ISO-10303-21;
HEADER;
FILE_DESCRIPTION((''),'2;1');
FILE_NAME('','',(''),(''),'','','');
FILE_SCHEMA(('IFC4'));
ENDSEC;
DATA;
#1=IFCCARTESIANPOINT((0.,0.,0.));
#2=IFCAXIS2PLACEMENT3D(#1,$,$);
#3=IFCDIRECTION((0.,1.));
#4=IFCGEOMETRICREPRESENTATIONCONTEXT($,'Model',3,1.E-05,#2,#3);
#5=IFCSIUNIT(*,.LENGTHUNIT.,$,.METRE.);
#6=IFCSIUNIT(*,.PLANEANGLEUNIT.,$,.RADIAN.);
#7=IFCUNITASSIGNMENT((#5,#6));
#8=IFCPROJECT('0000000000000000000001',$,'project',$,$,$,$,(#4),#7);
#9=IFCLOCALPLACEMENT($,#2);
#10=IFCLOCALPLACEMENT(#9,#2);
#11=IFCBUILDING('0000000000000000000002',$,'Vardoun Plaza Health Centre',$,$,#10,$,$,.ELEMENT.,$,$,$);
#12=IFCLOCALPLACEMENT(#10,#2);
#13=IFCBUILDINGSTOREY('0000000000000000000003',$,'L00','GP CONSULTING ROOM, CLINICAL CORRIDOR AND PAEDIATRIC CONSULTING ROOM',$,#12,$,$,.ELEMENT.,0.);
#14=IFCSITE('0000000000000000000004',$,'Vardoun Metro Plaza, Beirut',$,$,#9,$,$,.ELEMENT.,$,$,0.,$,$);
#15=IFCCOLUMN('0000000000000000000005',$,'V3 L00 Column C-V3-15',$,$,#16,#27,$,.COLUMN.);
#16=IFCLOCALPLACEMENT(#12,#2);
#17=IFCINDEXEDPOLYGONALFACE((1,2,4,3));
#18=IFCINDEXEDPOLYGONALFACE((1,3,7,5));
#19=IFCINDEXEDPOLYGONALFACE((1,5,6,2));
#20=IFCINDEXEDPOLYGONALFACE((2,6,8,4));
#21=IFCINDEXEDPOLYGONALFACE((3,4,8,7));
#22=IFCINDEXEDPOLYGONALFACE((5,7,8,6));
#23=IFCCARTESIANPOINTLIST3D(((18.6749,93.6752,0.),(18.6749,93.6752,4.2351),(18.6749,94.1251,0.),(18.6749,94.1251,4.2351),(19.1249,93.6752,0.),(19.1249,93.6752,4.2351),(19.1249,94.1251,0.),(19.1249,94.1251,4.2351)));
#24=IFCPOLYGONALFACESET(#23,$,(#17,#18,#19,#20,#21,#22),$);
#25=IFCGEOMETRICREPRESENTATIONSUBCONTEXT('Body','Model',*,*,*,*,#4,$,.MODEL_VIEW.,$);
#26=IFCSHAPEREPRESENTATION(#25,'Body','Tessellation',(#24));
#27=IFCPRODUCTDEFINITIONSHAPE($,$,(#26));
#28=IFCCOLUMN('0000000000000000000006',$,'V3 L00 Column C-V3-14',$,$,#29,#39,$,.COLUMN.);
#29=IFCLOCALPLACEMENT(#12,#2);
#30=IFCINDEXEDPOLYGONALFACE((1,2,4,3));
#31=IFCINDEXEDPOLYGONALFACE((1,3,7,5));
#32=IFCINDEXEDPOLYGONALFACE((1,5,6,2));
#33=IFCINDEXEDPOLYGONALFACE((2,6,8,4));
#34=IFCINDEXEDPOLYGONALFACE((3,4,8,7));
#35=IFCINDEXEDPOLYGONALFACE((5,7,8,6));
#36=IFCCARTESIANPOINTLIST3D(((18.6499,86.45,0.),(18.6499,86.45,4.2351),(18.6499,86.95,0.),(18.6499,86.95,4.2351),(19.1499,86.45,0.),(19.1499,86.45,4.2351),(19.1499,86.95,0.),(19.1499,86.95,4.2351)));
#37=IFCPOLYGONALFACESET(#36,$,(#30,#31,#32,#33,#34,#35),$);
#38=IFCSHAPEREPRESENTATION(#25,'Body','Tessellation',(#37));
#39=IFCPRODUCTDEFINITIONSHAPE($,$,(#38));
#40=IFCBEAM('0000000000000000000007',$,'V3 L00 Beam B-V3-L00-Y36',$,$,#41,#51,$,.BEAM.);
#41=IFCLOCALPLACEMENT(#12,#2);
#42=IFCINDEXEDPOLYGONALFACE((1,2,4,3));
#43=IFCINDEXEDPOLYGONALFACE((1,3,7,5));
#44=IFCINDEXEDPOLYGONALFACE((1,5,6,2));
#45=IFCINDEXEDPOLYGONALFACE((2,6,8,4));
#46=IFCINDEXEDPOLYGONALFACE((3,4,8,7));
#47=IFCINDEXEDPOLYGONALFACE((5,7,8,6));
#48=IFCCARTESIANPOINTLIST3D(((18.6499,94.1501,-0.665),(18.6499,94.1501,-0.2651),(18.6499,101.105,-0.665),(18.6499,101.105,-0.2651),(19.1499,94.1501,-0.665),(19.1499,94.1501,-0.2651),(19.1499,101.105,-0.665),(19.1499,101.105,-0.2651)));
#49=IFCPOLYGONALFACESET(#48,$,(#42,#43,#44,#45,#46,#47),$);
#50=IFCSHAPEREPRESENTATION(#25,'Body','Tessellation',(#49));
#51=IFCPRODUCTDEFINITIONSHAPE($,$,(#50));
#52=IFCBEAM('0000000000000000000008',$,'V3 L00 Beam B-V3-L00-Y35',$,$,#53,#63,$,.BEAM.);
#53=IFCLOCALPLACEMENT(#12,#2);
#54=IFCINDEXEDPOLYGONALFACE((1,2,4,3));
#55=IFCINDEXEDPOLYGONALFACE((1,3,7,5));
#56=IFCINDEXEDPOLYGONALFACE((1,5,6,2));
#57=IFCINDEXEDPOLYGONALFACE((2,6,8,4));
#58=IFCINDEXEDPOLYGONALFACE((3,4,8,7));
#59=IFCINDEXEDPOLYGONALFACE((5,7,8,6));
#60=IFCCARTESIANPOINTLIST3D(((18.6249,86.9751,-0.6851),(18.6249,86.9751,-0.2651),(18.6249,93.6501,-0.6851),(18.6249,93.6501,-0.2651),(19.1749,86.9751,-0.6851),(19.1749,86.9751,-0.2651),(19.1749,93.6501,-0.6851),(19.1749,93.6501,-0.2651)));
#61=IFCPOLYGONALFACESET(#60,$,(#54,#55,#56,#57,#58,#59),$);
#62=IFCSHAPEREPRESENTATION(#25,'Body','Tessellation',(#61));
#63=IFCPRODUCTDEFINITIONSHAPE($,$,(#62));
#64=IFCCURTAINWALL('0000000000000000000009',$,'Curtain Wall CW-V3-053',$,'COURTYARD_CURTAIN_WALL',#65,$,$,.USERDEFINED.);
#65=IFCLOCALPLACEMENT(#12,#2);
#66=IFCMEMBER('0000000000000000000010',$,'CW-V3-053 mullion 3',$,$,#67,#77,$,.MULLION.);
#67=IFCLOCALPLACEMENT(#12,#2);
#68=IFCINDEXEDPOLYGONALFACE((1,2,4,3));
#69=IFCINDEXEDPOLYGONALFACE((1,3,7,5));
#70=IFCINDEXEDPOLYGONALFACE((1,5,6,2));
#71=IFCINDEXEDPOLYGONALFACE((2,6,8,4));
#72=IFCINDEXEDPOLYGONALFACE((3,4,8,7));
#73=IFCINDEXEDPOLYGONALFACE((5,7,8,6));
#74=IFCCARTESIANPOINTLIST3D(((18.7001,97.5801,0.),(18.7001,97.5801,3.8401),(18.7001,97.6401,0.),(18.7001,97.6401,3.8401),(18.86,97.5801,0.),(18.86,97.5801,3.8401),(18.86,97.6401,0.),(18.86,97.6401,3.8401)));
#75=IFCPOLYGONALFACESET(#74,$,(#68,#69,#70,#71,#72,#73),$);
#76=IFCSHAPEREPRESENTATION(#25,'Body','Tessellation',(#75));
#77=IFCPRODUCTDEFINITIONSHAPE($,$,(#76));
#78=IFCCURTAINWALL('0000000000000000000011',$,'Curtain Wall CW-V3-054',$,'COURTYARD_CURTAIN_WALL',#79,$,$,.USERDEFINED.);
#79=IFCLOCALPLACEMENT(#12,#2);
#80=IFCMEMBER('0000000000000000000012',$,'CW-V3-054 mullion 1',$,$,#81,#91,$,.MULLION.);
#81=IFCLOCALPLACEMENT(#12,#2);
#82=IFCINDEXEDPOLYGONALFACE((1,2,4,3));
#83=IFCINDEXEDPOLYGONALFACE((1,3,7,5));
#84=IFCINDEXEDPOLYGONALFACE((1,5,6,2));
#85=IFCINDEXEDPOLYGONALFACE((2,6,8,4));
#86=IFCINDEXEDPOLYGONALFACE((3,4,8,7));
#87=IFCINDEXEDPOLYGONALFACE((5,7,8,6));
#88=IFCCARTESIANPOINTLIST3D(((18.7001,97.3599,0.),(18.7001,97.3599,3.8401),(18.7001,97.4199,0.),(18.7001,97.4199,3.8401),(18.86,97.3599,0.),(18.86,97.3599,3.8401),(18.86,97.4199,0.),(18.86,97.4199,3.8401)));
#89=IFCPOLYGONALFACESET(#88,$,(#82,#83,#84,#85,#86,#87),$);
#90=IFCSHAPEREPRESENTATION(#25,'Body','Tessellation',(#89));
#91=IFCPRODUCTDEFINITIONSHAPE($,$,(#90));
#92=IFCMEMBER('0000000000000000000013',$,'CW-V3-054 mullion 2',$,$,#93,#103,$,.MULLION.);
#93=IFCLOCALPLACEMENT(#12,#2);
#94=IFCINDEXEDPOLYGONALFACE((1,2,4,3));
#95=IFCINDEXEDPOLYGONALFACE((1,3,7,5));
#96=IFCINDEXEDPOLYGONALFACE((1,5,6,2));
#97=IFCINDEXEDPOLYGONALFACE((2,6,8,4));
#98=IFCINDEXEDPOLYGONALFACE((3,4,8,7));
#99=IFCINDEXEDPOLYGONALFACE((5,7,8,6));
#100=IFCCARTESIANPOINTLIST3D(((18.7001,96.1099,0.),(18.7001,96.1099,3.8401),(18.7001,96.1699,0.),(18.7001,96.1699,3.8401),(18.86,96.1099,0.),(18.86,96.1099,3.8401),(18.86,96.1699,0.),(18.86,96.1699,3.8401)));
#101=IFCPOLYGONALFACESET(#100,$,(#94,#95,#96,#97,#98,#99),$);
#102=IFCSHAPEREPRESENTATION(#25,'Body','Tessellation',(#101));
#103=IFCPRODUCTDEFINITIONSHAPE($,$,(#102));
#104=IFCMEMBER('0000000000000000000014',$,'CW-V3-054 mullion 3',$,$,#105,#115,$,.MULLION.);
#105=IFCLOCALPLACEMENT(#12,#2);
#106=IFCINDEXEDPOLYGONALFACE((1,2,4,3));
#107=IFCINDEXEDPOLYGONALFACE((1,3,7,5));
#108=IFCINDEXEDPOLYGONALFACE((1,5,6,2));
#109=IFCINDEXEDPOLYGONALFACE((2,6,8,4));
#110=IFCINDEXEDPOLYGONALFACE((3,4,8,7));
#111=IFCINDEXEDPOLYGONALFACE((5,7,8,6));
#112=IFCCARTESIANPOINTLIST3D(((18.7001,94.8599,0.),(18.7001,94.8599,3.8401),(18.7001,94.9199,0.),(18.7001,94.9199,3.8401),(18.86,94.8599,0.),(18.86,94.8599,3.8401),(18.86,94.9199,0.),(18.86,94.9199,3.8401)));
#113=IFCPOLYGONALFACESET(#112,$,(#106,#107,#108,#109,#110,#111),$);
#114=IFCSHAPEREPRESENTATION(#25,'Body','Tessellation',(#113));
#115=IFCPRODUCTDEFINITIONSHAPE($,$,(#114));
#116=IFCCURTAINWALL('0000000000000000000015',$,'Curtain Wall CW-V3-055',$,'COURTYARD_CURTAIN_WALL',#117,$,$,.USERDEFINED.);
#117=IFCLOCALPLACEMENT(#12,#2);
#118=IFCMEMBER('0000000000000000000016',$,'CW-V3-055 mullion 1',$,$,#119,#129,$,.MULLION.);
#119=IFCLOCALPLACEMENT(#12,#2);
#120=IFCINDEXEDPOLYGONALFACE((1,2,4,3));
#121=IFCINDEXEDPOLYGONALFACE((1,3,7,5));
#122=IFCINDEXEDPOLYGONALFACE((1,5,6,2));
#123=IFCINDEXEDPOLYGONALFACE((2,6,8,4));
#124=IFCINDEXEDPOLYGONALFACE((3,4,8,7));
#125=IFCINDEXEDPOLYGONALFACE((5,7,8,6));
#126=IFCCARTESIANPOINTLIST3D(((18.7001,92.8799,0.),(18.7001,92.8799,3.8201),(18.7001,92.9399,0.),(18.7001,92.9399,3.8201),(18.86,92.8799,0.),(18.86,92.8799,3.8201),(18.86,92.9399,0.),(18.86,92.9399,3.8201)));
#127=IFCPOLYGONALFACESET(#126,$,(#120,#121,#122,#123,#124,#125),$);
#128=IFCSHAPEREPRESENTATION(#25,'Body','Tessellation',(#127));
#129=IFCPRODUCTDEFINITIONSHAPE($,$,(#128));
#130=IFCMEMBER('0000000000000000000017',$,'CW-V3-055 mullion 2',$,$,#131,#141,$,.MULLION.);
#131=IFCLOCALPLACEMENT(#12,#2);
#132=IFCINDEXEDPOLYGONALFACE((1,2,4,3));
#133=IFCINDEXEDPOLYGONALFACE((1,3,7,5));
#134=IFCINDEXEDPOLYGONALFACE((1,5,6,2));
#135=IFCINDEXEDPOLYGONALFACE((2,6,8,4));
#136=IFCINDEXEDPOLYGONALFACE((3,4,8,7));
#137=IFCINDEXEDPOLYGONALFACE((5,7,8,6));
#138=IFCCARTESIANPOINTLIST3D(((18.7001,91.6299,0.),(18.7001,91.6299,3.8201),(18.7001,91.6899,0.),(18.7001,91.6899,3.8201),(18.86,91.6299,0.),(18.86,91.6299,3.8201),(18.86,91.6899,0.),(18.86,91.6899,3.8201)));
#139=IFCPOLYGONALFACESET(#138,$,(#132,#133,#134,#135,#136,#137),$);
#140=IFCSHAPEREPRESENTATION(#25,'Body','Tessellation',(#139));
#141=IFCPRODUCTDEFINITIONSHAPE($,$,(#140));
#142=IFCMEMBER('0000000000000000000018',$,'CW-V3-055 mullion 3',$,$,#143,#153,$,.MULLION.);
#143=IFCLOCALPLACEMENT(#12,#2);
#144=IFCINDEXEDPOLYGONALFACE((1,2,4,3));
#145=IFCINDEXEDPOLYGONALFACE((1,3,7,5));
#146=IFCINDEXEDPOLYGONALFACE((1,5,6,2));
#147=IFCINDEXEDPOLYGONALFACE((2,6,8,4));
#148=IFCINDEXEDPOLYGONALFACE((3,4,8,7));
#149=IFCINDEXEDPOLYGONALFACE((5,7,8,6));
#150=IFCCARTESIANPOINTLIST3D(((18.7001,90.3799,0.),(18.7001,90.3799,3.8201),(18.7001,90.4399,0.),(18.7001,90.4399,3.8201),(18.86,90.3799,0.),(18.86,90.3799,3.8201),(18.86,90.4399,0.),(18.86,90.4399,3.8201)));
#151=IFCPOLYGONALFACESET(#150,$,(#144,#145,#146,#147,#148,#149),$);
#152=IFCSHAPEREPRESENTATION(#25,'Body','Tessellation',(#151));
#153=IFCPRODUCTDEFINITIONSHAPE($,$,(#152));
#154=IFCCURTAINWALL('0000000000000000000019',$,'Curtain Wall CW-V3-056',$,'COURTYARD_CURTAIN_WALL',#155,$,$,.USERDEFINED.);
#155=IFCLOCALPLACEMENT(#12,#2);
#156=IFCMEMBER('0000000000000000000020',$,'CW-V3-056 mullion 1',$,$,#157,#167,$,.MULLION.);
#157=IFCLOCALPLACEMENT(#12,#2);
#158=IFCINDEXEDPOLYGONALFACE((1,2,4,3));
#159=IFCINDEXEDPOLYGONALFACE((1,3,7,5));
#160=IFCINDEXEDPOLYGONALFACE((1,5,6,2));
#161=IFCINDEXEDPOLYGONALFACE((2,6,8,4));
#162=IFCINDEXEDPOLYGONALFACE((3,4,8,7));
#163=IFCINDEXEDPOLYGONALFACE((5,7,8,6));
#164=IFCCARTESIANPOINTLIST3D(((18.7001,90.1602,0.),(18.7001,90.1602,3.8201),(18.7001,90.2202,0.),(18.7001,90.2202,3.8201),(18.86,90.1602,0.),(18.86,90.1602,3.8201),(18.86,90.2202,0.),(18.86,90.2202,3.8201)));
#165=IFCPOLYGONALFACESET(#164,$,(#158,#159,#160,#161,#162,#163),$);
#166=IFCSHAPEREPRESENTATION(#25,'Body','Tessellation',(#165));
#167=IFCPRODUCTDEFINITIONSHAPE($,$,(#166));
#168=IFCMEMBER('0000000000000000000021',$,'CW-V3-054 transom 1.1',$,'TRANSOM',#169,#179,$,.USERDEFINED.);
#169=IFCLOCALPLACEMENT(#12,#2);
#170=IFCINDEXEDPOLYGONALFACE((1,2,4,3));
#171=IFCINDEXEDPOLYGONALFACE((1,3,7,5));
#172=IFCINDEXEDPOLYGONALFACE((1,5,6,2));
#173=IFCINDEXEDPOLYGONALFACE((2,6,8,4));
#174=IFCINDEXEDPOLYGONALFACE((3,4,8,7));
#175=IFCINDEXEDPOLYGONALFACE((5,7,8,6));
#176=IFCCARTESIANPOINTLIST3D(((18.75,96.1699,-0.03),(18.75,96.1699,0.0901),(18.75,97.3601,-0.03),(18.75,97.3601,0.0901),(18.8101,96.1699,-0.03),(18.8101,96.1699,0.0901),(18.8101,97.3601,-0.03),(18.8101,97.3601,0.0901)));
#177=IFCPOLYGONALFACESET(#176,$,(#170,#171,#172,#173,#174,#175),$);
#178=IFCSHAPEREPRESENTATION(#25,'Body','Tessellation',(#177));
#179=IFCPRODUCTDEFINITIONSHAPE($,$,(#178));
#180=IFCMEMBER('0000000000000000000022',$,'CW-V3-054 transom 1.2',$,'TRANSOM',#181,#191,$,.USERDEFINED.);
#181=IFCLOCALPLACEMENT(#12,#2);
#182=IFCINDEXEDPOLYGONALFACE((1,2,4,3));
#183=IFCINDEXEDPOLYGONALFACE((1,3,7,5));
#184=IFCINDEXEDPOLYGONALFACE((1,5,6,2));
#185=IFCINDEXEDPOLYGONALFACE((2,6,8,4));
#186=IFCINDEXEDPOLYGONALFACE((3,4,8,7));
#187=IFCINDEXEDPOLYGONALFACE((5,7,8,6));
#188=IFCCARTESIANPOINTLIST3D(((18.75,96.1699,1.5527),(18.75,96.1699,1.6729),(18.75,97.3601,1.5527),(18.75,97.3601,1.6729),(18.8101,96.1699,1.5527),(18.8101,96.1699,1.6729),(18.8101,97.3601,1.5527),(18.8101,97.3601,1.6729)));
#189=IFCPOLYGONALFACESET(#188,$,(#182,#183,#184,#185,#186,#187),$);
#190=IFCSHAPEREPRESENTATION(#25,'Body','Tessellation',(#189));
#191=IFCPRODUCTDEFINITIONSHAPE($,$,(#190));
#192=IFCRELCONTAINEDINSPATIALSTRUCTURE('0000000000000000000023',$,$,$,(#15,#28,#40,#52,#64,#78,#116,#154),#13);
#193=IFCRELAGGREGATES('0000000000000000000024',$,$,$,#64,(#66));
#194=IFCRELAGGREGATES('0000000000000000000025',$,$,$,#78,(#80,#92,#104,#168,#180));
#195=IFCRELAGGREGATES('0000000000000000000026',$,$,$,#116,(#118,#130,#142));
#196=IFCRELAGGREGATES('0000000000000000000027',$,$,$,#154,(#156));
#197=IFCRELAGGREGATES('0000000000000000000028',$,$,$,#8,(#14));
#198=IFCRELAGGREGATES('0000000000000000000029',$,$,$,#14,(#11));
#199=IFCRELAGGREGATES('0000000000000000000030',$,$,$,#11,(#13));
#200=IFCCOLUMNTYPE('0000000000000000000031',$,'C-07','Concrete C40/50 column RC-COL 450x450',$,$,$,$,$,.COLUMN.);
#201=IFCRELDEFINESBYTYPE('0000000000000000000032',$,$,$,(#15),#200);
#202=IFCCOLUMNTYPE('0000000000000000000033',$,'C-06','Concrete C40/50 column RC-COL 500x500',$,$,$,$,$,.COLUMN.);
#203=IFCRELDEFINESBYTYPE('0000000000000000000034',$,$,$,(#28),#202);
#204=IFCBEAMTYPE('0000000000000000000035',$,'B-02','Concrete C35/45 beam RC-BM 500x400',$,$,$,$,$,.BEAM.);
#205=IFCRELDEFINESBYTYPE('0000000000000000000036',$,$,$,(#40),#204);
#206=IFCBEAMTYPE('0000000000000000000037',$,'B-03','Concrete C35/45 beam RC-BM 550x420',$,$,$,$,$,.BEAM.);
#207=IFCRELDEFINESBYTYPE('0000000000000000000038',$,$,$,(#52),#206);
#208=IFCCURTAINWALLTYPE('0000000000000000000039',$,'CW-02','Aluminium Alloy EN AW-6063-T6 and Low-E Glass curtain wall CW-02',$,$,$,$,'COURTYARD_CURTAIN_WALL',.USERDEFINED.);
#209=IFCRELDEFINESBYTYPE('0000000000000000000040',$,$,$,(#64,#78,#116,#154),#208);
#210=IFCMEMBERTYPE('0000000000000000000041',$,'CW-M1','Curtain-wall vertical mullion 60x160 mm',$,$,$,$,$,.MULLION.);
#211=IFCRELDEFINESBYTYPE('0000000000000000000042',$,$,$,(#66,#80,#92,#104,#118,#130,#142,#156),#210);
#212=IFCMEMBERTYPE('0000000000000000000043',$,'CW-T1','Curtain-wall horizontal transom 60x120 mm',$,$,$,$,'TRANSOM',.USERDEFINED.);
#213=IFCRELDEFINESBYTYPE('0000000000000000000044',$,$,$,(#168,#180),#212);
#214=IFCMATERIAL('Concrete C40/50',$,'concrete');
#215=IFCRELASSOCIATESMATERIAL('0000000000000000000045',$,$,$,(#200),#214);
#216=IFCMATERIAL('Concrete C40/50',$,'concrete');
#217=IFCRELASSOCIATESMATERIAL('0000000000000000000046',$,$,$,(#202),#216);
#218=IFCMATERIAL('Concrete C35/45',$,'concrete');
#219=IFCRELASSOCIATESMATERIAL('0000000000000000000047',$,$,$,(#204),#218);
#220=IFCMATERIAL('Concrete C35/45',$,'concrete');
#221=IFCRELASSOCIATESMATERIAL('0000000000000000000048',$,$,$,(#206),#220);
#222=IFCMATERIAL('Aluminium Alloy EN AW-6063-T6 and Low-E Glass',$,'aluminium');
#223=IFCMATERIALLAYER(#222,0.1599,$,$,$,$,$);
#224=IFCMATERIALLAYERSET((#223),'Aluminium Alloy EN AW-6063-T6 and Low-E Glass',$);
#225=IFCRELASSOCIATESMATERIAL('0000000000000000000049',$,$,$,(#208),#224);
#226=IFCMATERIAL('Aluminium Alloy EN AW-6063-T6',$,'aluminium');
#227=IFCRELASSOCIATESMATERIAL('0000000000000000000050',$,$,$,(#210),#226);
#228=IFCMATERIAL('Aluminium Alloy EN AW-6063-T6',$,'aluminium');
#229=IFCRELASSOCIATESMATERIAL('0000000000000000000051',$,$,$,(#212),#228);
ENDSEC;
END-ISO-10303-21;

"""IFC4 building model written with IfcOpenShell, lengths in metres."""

from ifc_helpers import new_model, si_unit, direction, frame, origin, origin_2d, place, context, subcontext, project, spatial, rectangle, extrude, material, layer, layer_set, material_profile, profile_set, type_object, element, aggregate, save


model = new_model("IFC4")

# Units and contexts
model_context = context("Model", 3, precision=1e-05, world=origin(), true_north=direction((0.0, 1.0)))
body_context = subcontext(model_context, "Body", "Model", "MODEL_VIEW")
ifc_project = project(units=[si_unit("LENGTHUNIT", "METRE"), si_unit("PLANEANGLEUNIT", "RADIAN")], contexts=[model_context])

# Site, building, storey
site_placement = place(None, origin())
site = spatial("IfcSite", under=ifc_project, at=site_placement, Name="Vardoun Metro Plaza, Beirut", CompositionType="ELEMENT", RefElevation=0.0)
building_placement = place(site_placement, origin())
building = spatial("IfcBuilding", under=site, at=building_placement, Name="Vardoun Plaza Health Centre", CompositionType="ELEMENT")
storey_placement = place(building_placement, origin())
storey = spatial("IfcBuildingStorey", under=building, at=storey_placement, Name="L00", Description="GP CONSULTING ROOM, CLINICAL CORRIDOR AND PAEDIATRIC CONSULTING ROOM", CompositionType="ELEMENT", Elevation=0.0)

# Columns
ifc_material_1 = material(Name="Concrete C40/50", Category="concrete")
ifc_material_profile_1 = material_profile(ifc_material_1, rectangle(XDim=0.45, YDim=0.45, at=origin_2d()), Name="RC-COL 450x450")
ifc_profile_set_1 = profile_set([ifc_material_profile_1], Name="Concrete C40/50")
column_type_1 = type_object("IfcColumnType", Name="C-07", Description="Concrete C40/50 column RC-COL 450x450", PredefinedType="COLUMN", material=ifc_profile_set_1)
column_1_placement = place(storey_placement, frame((18.8999, 93.9001, 0.0), z_axis=(0.0, 0.0, 1.0), x_axis=(1.0, 0.0, 0.0)))
element("IfcColumn", 1, at=column_1_placement, inside=storey, type_object=column_type_1, Name="V3 L00 Column C-V3-15", PredefinedType="COLUMN", context=body_context, shape_type="SweptSolid", body=[
    extrude(rectangle(XDim=0.45, YDim=0.45, at=origin_2d()), origin(), (0.0, 0.0, 1.0), 4.2351),
])
ifc_material_2 = material(Name="Concrete C40/50", Category="concrete")
ifc_material_profile_2 = material_profile(ifc_material_2, rectangle(XDim=0.5, YDim=0.5, at=origin_2d()), Name="RC-COL 500x500")
ifc_profile_set_2 = profile_set([ifc_material_profile_2], Name="Concrete C40/50")
column_type_2 = type_object("IfcColumnType", Name="C-06", Description="Concrete C40/50 column RC-COL 500x500", PredefinedType="COLUMN", material=ifc_profile_set_2)
column_2_placement = place(storey_placement, frame((18.8999, 86.7, 0.0), z_axis=(0.0, 0.0, 1.0), x_axis=(1.0, 0.0, 0.0)))
element("IfcColumn", 2, at=column_2_placement, inside=storey, type_object=column_type_2, Name="V3 L00 Column C-V3-14", PredefinedType="COLUMN", context=body_context, shape_type="SweptSolid", body=[
    extrude(rectangle(XDim=0.5, YDim=0.5, at=origin_2d()), origin(), (0.0, 0.0, 1.0), 4.2351),
])

# Beams
ifc_material_3 = material(Name="Concrete C35/45", Category="concrete")
ifc_material_profile_3 = material_profile(ifc_material_3, rectangle(XDim=0.5, YDim=0.3999, at=origin_2d()), Name="RC-BM 500x400")
ifc_profile_set_3 = profile_set([ifc_material_profile_3], Name="Concrete C35/45")
beam_type_1 = type_object("IfcBeamType", Name="B-02", Description="Concrete C35/45 beam RC-BM 500x400", PredefinedType="BEAM", material=ifc_profile_set_3)
beam_1_placement = place(storey_placement, frame((18.8999, 94.1501, -0.4651), z_axis=(0.0, 1.0, 0.0), x_axis=(-1.0, 0.0, 0.0)))
element("IfcBeam", 3, at=beam_1_placement, inside=storey, type_object=beam_type_1, Name="V3 L00 Beam B-V3-L00-Y36", PredefinedType="BEAM", context=body_context, shape_type="SweptSolid", body=[
    extrude(rectangle(XDim=0.5, YDim=0.3999, at=origin_2d()), origin(), (0.0, 0.0, 1.0), 6.9548),
])
ifc_material_4 = material(Name="Concrete C35/45", Category="concrete")
ifc_material_profile_4 = material_profile(ifc_material_4, rectangle(XDim=0.55, YDim=0.4199, at=origin_2d()), Name="RC-BM 550x420")
ifc_profile_set_4 = profile_set([ifc_material_profile_4], Name="Concrete C35/45")
beam_type_2 = type_object("IfcBeamType", Name="B-03", Description="Concrete C35/45 beam RC-BM 550x420", PredefinedType="BEAM", material=ifc_profile_set_4)
beam_2_placement = place(storey_placement, frame((18.8999, 86.9751, -0.4751), z_axis=(0.0, 1.0, 0.0), x_axis=(-1.0, 0.0, 0.0)))
element("IfcBeam", 4, at=beam_2_placement, inside=storey, type_object=beam_type_2, Name="V3 L00 Beam B-V3-L00-Y35", PredefinedType="BEAM", context=body_context, shape_type="SweptSolid", body=[
    extrude(rectangle(XDim=0.55, YDim=0.4199, at=origin_2d()), origin(), (0.0, 0.0, 1.0), 6.675),
])

# Curtain wall, member
ifc_material_5 = material(Name="Aluminium Alloy EN AW-6063-T6 and Low-E Glass", Category="aluminium")
ifc_layer_1 = layer(ifc_material_5, 0.1599)
ifc_layer_set_1 = layer_set([ifc_layer_1], Name="Aluminium Alloy EN AW-6063-T6 and Low-E Glass")
curtain_wall_type = type_object("IfcCurtainWallType", Name="CW-02", Description="Aluminium Alloy EN AW-6063-T6 and Low-E Glass curtain wall CW-02", ElementType="COURTYARD_CURTAIN_WALL", PredefinedType="USERDEFINED", material=ifc_layer_set_1)
curtain_wall_1_placement = place(storey_placement, origin())
curtain_wall_1 = element("IfcCurtainWall", 5, at=curtain_wall_1_placement, inside=storey, type_object=curtain_wall_type, Name="Curtain Wall CW-V3-053", ObjectType="COURTYARD_CURTAIN_WALL", PredefinedType="USERDEFINED")
ifc_material_6 = material(Name="Aluminium Alloy EN AW-6063-T6", Category="aluminium")
ifc_material_profile_5 = material_profile(ifc_material_6, rectangle(XDim=0.1599, YDim=0.0601, at=origin_2d()), Name="CWM 60x160")
ifc_profile_set_5 = profile_set([ifc_material_profile_5], Name="Aluminium Alloy EN AW-6063-T6")
member_type_1 = type_object("IfcMemberType", Name="CW-M1", Description="Curtain-wall vertical mullion 60x160 mm", PredefinedType="MULLION", material=ifc_profile_set_5)
member_1_placement = place(storey_placement, frame((18.78, 97.6101, 0.0), z_axis=(0.0, 0.0, 1.0), x_axis=(1.0, 0.0, 0.0)))
member_1 = element("IfcMember", 6, at=member_1_placement, type_object=member_type_1, Name="CW-V3-053 mullion 3", PredefinedType="MULLION", context=body_context, shape_type="SweptSolid", body=[
    extrude(rectangle(XDim=0.1599, YDim=0.0601, at=origin_2d()), origin(), (0.0, 0.0, 1.0), 3.8401),
])

# Curtain walls, members
curtain_wall_2_placement = place(storey_placement, origin())
curtain_wall_2 = element("IfcCurtainWall", 7, at=curtain_wall_2_placement, inside=storey, type_object=curtain_wall_type, Name="Curtain Wall CW-V3-054", ObjectType="COURTYARD_CURTAIN_WALL", PredefinedType="USERDEFINED")
member_2_placement = place(storey_placement, frame((18.78, 97.3899, 0.0), z_axis=(0.0, 0.0, 1.0), x_axis=(1.0, 0.0, 0.0)))
member_2 = element("IfcMember", 8, at=member_2_placement, type_object=member_type_1, Name="CW-V3-054 mullion 1", PredefinedType="MULLION", context=body_context, shape_type="SweptSolid", body=[
    extrude(rectangle(XDim=0.1599, YDim=0.0601, at=origin_2d()), origin(), (0.0, 0.0, 1.0), 3.8401),
])
member_3_placement = place(storey_placement, frame((18.78, 96.1399, 0.0), z_axis=(0.0, 0.0, 1.0), x_axis=(1.0, 0.0, 0.0)))
member_3 = element("IfcMember", 9, at=member_3_placement, type_object=member_type_1, Name="CW-V3-054 mullion 2", PredefinedType="MULLION", context=body_context, shape_type="SweptSolid", body=[
    extrude(rectangle(XDim=0.1599, YDim=0.0601, at=origin_2d()), origin(), (0.0, 0.0, 1.0), 3.8401),
])
member_4_placement = place(storey_placement, frame((18.78, 94.8899, 0.0), z_axis=(0.0, 0.0, 1.0), x_axis=(1.0, 0.0, 0.0)))
member_4 = element("IfcMember", 10, at=member_4_placement, type_object=member_type_1, Name="CW-V3-054 mullion 3", PredefinedType="MULLION", context=body_context, shape_type="SweptSolid", body=[
    extrude(rectangle(XDim=0.1599, YDim=0.0601, at=origin_2d()), origin(), (0.0, 0.0, 1.0), 3.8401),
])
curtain_wall_3_placement = place(storey_placement, origin())
curtain_wall_3 = element("IfcCurtainWall", 11, at=curtain_wall_3_placement, inside=storey, type_object=curtain_wall_type, Name="Curtain Wall CW-V3-055", ObjectType="COURTYARD_CURTAIN_WALL", PredefinedType="USERDEFINED")
member_5_placement = place(storey_placement, frame((18.78, 92.9099, 0.0), z_axis=(0.0, 0.0, 1.0), x_axis=(1.0, 0.0, 0.0)))
member_5 = element("IfcMember", 12, at=member_5_placement, type_object=member_type_1, Name="CW-V3-055 mullion 1", PredefinedType="MULLION", context=body_context, shape_type="SweptSolid", body=[
    extrude(rectangle(XDim=0.1599, YDim=0.0601, at=origin_2d()), origin(), (0.0, 0.0, 1.0), 3.8201),
])
member_6_placement = place(storey_placement, frame((18.78, 91.6599, 0.0), z_axis=(0.0, 0.0, 1.0), x_axis=(1.0, 0.0, 0.0)))
member_6 = element("IfcMember", 13, at=member_6_placement, type_object=member_type_1, Name="CW-V3-055 mullion 2", PredefinedType="MULLION", context=body_context, shape_type="SweptSolid", body=[
    extrude(rectangle(XDim=0.1599, YDim=0.0601, at=origin_2d()), origin(), (0.0, 0.0, 1.0), 3.8201),
])
member_7_placement = place(storey_placement, frame((18.78, 90.4099, 0.0), z_axis=(0.0, 0.0, 1.0), x_axis=(1.0, 0.0, 0.0)))
member_7 = element("IfcMember", 14, at=member_7_placement, type_object=member_type_1, Name="CW-V3-055 mullion 3", PredefinedType="MULLION", context=body_context, shape_type="SweptSolid", body=[
    extrude(rectangle(XDim=0.1599, YDim=0.0601, at=origin_2d()), origin(), (0.0, 0.0, 1.0), 3.8201),
])

# Curtain wall, member
curtain_wall_4_placement = place(storey_placement, origin())
curtain_wall_4 = element("IfcCurtainWall", 15, at=curtain_wall_4_placement, inside=storey, type_object=curtain_wall_type, Name="Curtain Wall CW-V3-056", ObjectType="COURTYARD_CURTAIN_WALL", PredefinedType="USERDEFINED")
member_8_placement = place(storey_placement, frame((18.78, 90.1902, 0.0), z_axis=(0.0, 0.0, 1.0), x_axis=(1.0, 0.0, 0.0)))
member_8 = element("IfcMember", 16, at=member_8_placement, type_object=member_type_1, Name="CW-V3-056 mullion 1", PredefinedType="MULLION", context=body_context, shape_type="SweptSolid", body=[
    extrude(rectangle(XDim=0.1599, YDim=0.0601, at=origin_2d()), origin(), (0.0, 0.0, 1.0), 3.8201),
])

# Members
ifc_material_7 = material(Name="Aluminium Alloy EN AW-6063-T6", Category="aluminium")
ifc_material_profile_6 = material_profile(ifc_material_7, rectangle(XDim=0.0601, YDim=0.1201, at=origin_2d()), Name="CWT 60x120")
ifc_profile_set_6 = profile_set([ifc_material_profile_6], Name="Aluminium Alloy EN AW-6063-T6")
member_type_2 = type_object("IfcMemberType", Name="CW-T1", Description="Curtain-wall horizontal transom 60x120 mm", ElementType="TRANSOM", PredefinedType="USERDEFINED", material=ifc_profile_set_6)
member_9_placement = place(storey_placement, frame((18.78, 97.3601, 0.03), z_axis=(0.0, -1.0, 0.0), x_axis=(1.0, 0.0, 0.0)))
member_9 = element("IfcMember", 17, at=member_9_placement, type_object=member_type_2, Name="CW-V3-054 transom 1.1", ObjectType="TRANSOM", PredefinedType="USERDEFINED", context=body_context, shape_type="SweptSolid", body=[
    extrude(rectangle(XDim=0.0601, YDim=0.1201, at=origin_2d()), origin(), (0.0, 0.0, 1.0), 1.1902),
])
member_10_placement = place(storey_placement, frame((18.78, 97.3601, 1.6128), z_axis=(0.0, -1.0, 0.0), x_axis=(1.0, 0.0, 0.0)))
member_10 = element("IfcMember", 18, at=member_10_placement, type_object=member_type_2, Name="CW-V3-054 transom 1.2", ObjectType="TRANSOM", PredefinedType="USERDEFINED", context=body_context, shape_type="SweptSolid", body=[
    extrude(rectangle(XDim=0.0601, YDim=0.1201, at=origin_2d()), origin(), (0.0, 0.0, 1.0), 1.1902),
])

aggregate(curtain_wall_1, [member_1])
aggregate(curtain_wall_2, [member_2, member_3, member_4, member_9, member_10])
aggregate(curtain_wall_3, [member_5, member_6, member_7])
aggregate(curtain_wall_4, [member_8])

save(model, "model.ifc")
